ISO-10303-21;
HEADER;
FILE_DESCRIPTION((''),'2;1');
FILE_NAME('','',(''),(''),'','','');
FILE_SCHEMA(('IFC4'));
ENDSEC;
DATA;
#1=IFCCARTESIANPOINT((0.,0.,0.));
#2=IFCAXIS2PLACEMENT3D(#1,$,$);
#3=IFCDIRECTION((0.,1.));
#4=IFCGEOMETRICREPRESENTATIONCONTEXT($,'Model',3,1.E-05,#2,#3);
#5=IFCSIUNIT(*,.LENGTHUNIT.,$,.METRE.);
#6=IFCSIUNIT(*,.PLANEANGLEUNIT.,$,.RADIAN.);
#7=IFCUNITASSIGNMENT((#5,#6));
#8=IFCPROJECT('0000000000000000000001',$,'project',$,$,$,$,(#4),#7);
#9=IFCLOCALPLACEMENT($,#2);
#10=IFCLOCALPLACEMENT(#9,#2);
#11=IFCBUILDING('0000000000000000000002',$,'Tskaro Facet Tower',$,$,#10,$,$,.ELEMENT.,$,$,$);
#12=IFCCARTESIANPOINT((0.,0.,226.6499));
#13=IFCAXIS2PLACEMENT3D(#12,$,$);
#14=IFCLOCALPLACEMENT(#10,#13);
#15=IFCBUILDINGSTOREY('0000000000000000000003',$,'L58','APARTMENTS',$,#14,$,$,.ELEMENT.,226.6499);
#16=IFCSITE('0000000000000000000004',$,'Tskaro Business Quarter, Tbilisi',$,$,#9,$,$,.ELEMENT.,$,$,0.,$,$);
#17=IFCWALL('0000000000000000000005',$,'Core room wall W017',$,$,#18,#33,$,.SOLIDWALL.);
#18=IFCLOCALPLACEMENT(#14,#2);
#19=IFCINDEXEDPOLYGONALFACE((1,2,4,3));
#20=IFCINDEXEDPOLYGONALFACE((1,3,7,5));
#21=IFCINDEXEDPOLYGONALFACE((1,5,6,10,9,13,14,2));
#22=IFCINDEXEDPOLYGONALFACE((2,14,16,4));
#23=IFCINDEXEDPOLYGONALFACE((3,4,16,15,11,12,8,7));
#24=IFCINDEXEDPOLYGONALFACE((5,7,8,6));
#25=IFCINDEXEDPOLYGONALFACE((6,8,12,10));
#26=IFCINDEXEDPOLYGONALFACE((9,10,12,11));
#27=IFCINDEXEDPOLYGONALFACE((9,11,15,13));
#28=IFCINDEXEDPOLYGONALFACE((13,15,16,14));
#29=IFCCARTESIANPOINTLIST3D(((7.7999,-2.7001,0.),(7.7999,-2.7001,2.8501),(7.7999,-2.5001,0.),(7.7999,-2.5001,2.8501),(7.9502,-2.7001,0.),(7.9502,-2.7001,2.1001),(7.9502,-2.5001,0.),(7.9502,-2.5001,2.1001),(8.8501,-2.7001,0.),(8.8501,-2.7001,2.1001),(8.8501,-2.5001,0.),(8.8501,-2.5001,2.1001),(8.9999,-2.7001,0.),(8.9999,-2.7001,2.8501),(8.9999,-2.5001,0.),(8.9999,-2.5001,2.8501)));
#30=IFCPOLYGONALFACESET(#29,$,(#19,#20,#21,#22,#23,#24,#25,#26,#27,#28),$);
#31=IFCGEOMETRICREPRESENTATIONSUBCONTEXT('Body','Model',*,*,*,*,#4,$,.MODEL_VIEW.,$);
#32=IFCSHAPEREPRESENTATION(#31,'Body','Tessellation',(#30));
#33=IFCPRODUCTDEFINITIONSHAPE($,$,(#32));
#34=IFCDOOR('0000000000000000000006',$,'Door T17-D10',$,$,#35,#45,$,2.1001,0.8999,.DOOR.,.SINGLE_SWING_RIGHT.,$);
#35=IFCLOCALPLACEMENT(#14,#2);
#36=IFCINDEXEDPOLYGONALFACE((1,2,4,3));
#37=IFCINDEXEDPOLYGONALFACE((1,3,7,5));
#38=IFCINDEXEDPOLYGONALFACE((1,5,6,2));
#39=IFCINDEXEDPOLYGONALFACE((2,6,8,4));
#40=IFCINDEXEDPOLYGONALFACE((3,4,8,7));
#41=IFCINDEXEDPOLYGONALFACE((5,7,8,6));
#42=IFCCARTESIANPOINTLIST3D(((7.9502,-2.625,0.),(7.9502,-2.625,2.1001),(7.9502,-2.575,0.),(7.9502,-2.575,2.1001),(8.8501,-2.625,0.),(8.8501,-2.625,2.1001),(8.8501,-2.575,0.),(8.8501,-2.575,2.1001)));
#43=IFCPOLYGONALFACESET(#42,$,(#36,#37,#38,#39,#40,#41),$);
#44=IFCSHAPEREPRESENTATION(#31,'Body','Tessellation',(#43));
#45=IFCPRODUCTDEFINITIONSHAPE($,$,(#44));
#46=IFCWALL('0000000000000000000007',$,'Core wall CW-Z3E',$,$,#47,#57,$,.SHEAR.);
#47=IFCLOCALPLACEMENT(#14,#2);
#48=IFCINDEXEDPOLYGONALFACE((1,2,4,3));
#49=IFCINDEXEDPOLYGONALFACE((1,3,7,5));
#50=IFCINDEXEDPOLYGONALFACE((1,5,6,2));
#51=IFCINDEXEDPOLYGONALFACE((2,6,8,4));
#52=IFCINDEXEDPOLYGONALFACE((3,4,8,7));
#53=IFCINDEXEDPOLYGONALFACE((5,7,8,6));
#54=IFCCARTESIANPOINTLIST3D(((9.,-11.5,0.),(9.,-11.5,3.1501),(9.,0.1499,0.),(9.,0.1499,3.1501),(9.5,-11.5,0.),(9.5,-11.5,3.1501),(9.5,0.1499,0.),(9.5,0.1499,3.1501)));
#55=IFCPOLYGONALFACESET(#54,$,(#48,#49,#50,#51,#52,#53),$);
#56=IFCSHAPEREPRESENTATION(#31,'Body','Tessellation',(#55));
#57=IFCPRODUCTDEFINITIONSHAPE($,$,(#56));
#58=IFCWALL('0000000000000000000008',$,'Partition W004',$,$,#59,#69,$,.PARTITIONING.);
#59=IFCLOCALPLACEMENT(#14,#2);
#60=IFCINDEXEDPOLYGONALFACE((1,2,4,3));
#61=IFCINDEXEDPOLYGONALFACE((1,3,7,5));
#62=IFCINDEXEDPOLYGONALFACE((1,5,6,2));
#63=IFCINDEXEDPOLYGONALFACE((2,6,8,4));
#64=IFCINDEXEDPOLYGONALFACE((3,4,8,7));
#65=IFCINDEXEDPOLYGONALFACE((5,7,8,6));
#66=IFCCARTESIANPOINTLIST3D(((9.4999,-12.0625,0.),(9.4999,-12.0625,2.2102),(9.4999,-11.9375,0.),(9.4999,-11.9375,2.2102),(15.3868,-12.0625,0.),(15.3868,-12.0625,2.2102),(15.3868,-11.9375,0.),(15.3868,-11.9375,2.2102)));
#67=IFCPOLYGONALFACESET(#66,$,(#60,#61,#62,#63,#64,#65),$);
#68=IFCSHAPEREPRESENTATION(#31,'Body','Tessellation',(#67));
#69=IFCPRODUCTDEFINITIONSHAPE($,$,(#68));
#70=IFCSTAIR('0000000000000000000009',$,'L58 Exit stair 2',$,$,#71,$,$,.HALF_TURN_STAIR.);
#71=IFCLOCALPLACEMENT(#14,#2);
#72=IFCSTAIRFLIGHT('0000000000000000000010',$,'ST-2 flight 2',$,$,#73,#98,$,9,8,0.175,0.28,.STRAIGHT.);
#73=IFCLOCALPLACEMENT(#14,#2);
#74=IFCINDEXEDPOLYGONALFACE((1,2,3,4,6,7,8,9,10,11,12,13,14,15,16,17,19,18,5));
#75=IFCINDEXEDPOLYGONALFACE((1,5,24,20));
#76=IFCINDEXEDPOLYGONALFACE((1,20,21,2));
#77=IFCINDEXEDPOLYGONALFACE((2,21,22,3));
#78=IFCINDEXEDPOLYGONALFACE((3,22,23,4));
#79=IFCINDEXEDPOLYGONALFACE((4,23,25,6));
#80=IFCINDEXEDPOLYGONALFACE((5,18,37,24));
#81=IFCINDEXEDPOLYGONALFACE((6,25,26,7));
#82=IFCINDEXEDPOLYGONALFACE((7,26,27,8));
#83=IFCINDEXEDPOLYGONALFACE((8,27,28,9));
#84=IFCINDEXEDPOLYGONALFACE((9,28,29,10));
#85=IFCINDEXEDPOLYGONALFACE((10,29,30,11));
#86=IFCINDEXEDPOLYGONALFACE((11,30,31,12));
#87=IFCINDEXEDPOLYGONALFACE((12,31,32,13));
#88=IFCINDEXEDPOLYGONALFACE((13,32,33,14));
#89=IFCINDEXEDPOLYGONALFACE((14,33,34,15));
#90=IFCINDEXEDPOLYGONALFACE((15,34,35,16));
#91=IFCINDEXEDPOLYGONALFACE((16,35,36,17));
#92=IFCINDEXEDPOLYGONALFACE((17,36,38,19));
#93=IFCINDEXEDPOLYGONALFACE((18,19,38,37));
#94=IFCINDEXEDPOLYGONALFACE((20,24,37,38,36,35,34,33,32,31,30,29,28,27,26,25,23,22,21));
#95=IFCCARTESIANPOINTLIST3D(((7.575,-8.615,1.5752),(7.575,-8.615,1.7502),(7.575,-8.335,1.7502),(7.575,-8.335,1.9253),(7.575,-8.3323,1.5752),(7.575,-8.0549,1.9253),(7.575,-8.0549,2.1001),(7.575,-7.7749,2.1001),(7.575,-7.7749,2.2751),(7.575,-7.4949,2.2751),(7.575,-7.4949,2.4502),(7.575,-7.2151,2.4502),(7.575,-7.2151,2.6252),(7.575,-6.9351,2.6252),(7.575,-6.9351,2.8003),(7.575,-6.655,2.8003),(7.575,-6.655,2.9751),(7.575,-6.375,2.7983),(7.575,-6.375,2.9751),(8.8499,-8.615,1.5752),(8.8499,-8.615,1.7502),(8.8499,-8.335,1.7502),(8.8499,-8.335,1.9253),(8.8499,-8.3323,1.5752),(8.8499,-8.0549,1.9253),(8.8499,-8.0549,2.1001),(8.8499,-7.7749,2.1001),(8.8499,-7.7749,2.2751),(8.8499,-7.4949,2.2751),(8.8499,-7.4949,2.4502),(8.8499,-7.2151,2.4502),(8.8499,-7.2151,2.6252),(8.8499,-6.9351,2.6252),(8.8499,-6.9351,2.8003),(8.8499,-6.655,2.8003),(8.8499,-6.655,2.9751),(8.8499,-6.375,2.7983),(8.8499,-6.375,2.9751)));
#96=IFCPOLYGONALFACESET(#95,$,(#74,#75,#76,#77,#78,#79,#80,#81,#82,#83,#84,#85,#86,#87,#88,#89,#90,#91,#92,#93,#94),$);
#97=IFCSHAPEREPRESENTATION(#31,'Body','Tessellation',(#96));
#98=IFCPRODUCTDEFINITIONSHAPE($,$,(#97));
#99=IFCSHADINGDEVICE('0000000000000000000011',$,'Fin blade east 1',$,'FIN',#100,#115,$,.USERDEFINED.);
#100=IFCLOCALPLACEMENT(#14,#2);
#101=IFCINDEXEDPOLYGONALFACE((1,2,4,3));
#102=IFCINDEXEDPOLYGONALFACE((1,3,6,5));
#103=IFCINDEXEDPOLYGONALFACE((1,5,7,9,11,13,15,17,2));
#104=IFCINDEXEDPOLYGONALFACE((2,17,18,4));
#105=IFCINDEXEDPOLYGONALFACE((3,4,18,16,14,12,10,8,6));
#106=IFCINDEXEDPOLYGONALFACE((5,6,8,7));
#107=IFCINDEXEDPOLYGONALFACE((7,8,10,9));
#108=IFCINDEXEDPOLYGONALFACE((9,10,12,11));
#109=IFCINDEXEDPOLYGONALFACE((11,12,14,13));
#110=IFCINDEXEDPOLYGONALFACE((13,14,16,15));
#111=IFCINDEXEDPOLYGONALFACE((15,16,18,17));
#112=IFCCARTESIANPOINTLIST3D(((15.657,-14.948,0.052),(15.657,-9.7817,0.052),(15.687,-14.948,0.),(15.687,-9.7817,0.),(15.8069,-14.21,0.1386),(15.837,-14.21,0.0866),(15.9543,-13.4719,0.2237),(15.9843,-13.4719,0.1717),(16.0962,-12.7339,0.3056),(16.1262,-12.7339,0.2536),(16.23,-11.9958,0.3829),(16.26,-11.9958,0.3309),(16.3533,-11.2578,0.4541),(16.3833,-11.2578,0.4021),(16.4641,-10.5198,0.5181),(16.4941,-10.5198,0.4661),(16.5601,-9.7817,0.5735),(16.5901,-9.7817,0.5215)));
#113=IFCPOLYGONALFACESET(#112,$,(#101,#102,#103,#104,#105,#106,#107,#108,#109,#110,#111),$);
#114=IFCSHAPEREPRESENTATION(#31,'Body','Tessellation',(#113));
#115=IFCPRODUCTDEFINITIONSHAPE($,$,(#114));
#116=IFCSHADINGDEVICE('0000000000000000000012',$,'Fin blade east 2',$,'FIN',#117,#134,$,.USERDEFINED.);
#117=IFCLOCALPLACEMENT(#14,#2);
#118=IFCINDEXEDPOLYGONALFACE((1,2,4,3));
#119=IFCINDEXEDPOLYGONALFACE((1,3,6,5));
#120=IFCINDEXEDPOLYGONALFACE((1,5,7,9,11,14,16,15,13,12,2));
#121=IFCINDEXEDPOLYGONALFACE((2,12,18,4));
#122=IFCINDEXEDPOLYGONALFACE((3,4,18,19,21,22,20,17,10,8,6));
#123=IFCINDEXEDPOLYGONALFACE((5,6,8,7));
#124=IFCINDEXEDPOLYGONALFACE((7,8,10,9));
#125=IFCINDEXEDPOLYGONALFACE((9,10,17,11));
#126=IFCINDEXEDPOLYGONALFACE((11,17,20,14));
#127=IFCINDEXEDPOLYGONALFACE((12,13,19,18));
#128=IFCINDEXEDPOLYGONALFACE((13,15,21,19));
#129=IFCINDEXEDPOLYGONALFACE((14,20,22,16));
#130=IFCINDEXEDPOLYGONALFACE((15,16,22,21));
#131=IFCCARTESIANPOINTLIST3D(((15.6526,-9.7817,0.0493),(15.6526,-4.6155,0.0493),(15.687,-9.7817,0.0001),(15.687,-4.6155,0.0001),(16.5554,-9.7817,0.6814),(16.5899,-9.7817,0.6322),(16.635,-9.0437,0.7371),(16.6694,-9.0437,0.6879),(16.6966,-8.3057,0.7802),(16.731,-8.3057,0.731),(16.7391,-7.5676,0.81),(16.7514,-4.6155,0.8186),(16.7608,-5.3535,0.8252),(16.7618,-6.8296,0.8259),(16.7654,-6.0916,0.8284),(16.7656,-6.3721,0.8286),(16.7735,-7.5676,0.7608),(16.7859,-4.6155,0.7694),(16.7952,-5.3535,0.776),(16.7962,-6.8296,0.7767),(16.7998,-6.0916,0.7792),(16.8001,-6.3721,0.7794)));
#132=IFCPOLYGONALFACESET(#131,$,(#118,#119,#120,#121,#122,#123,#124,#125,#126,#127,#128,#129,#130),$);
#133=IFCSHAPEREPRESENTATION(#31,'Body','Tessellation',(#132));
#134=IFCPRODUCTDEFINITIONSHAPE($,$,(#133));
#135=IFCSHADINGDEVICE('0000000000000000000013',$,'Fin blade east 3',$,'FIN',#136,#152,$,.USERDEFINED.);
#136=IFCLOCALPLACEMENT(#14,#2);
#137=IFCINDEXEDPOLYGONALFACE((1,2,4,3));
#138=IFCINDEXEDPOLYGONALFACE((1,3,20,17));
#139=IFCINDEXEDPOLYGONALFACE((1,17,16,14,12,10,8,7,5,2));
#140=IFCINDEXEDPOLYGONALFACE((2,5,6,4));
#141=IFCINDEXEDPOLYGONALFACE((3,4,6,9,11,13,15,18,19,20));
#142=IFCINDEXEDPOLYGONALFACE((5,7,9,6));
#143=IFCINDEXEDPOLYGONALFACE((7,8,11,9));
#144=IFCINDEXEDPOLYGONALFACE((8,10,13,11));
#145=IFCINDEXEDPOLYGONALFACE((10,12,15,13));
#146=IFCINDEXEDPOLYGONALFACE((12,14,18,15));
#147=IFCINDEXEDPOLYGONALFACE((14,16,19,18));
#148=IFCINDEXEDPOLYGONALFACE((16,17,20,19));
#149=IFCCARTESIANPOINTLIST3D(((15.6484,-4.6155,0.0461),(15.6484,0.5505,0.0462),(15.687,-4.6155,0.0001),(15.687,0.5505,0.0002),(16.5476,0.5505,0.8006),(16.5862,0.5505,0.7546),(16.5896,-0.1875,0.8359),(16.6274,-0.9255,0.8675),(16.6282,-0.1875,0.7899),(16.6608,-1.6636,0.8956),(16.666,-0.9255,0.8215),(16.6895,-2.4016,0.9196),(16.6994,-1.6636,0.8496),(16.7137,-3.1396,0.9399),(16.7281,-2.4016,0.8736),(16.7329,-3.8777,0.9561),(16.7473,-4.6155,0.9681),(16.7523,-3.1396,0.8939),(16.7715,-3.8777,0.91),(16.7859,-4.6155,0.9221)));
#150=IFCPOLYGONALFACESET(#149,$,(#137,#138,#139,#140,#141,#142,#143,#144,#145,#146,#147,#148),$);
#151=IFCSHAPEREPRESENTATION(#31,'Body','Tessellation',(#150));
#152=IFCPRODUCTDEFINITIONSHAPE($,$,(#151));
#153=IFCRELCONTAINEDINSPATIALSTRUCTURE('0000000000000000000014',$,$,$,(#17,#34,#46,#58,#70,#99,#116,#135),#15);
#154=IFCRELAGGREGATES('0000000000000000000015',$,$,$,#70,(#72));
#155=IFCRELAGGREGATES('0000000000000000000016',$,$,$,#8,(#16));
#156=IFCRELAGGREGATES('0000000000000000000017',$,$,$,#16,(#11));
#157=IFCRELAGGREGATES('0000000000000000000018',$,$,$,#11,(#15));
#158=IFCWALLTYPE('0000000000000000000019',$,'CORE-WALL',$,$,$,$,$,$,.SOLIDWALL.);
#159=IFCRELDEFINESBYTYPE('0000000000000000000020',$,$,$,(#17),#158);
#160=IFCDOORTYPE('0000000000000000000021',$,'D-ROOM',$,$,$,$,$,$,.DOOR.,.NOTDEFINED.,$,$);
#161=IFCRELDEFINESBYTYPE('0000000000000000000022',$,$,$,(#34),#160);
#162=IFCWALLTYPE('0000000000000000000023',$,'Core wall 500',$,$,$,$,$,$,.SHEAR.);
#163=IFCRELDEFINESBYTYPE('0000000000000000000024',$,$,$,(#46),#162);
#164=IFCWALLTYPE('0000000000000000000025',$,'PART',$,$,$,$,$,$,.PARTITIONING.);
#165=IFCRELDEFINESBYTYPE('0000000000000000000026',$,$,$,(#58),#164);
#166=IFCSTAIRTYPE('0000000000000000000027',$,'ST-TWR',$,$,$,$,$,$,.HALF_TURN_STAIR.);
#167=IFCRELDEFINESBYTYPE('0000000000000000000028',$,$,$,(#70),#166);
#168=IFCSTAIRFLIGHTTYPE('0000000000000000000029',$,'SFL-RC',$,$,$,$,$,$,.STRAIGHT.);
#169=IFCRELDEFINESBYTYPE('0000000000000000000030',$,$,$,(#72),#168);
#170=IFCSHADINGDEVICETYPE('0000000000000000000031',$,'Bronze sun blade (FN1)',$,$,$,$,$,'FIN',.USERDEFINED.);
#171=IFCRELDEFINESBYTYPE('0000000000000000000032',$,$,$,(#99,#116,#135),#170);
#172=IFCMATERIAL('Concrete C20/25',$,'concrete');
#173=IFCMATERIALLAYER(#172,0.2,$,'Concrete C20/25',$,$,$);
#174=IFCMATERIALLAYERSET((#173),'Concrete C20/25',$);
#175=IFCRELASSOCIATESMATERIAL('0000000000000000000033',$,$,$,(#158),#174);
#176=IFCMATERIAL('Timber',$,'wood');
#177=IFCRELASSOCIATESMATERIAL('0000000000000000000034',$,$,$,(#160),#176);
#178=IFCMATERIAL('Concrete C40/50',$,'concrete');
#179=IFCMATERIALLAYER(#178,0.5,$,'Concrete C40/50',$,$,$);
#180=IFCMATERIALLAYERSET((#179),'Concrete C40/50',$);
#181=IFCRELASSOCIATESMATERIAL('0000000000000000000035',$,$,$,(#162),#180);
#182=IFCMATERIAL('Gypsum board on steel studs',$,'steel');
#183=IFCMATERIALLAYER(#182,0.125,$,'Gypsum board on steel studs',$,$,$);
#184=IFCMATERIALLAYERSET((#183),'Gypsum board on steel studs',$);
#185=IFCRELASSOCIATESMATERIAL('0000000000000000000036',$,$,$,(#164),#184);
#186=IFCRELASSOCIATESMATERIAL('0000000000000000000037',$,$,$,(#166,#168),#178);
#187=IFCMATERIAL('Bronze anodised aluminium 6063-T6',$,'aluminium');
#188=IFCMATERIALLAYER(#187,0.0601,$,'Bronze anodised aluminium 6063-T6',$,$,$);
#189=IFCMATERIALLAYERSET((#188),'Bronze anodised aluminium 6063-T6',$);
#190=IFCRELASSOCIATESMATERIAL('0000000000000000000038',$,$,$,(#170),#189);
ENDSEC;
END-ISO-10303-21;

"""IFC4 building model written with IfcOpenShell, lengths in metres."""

from ifc_helpers import new_model, si_unit, direction, frame, frame_2d, origin, place, context, subcontext, project, spatial, polyline, rectangle, outline, extrude, material, layer, layer_set, type_object, element, fill, aggregate, save


model = new_model("IFC4")

# Units and contexts
model_context = context("Model", 3, precision=1e-05, world=origin(), true_north=direction((0.0, 1.0)))
body_context = subcontext(model_context, "Body", "Model", "MODEL_VIEW")
ifc_project = project(units=[si_unit("LENGTHUNIT", "METRE"), si_unit("PLANEANGLEUNIT", "RADIAN")], contexts=[model_context])

# Site, building, storey
site_placement = place(None, origin())
site = spatial("IfcSite", under=ifc_project, at=site_placement, Name="Tskaro Business Quarter, Tbilisi", CompositionType="ELEMENT", RefElevation=0.0)
building_placement = place(site_placement, origin())
building = spatial("IfcBuilding", under=site, at=building_placement, Name="Tskaro Facet Tower", CompositionType="ELEMENT")
storey_placement = place(building_placement, frame((0.0, 0.0, 226.6499)))
storey = spatial("IfcBuildingStorey", under=building, at=storey_placement, Name="L58", Description="APARTMENTS", CompositionType="ELEMENT", Elevation=226.6499)

# Shared definitions
ifc_material_1 = material(Name="Bronze anodised aluminium 6063-T6", Category="aluminium")

# Wall, opening, door
ifc_material_2 = material(Name="Concrete C20/25", Category="concrete")
ifc_layer_1 = layer(ifc_material_2, 0.2, Name="Concrete C20/25")
ifc_layer_set_1 = layer_set([ifc_layer_1], Name="Concrete C20/25")
wall_type_1 = type_object("IfcWallType", Name="CORE-WALL", PredefinedType="SOLIDWALL", material=ifc_layer_set_1)
wall_1_placement = place(storey_placement, frame((9.0, -2.6001, 0.0), z_axis=(0.0, 0.0, 1.0), x_axis=(-1.0, 0.0, 0.0)))
wall_1 = element("IfcWall", 1, at=wall_1_placement, inside=storey, type_object=wall_type_1, Name="Core room wall W017", PredefinedType="SOLIDWALL", context=body_context, shape_type="SweptSolid", body=[
    extrude(rectangle(XDim=1.2, YDim=0.2, at=frame_2d((0.6001, 0.0))), origin(), (0.0, 0.0, 1.0), 2.8501),
])
opening_placement = place(wall_1_placement, frame((0.1499, 0.0, 0.0)))
opening = element("IfcOpeningElement", 2, at=opening_placement, cuts=wall_1, PredefinedType="OPENING", context=body_context, shape_type="SweptSolid", body=[
    extrude(rectangle(XDim=0.8999, YDim=2.1001, at=frame_2d((0.45, 1.05))), frame((0.0, 0.1099, 0.0), z_axis=(0.0, -1.0, 0.0), x_axis=(1.0, 0.0, 0.0)), (0.0, 0.0, 1.0), 0.22),
])
ifc_material_3 = material(Name="Timber", Category="wood")
door_type = type_object("IfcDoorType", Name="D-ROOM", OperationType="NOTDEFINED", PredefinedType="DOOR", material=ifc_material_3)
door_placement = place(opening_placement, origin())
door = element("IfcDoor", 3, at=door_placement, inside=storey, type_object=door_type, Name="Door T17-D10", OperationType="SINGLE_SWING_RIGHT", OverallHeight=2.1001, OverallWidth=0.8999, PredefinedType="DOOR", context=body_context, shape_type="SweptSolid", body=[
    extrude(rectangle(XDim=0.8999, YDim=2.1001, at=frame_2d((0.45, 1.05))), frame((0.0, 0.0249, 0.0), z_axis=(0.0, -1.0, 0.0), x_axis=(1.0, 0.0, 0.0)), (0.0, 0.0, 1.0), 0.05),
])
fill(opening, door)

# Walls
ifc_material_4 = material(Name="Concrete C40/50", Category="concrete")
ifc_layer_2 = layer(ifc_material_4, 0.5, Name="Concrete C40/50")
ifc_layer_set_2 = layer_set([ifc_layer_2], Name="Concrete C40/50")
wall_type_2 = type_object("IfcWallType", Name="Core wall 500", PredefinedType="SHEAR", material=ifc_layer_set_2)
wall_2_placement = place(storey_placement, frame((9.25, -11.5, 0.0), z_axis=(0.0, 0.0, 1.0), x_axis=(0.0, 1.0, 0.0)))
element("IfcWall", 4, at=wall_2_placement, inside=storey, type_object=wall_type_2, Name="Core wall CW-Z3E", PredefinedType="SHEAR", context=body_context, shape_type="SweptSolid", body=[
    extrude(rectangle(XDim=11.6499, YDim=0.5, at=frame_2d((5.825, 0.0))), origin(), (0.0, 0.0, 1.0), 3.1501),
])
ifc_material_5 = material(Name="Gypsum board on steel studs", Category="steel")
ifc_layer_3 = layer(ifc_material_5, 0.125, Name="Gypsum board on steel studs")
ifc_layer_set_3 = layer_set([ifc_layer_3], Name="Gypsum board on steel studs")
wall_type_3 = type_object("IfcWallType", Name="PART", PredefinedType="PARTITIONING", material=ifc_layer_set_3)
wall_3_placement = place(storey_placement, frame((9.5, -12.0, 0.0), z_axis=(0.0, 0.0, 1.0), x_axis=(1.0, 0.0, 0.0)))
element("IfcWall", 5, at=wall_3_placement, inside=storey, type_object=wall_type_3, Name="Partition W004", PredefinedType="PARTITIONING", context=body_context, shape_type="SweptSolid", body=[
    extrude(rectangle(XDim=5.887, YDim=0.125, at=frame_2d((2.9434, 0.0))), origin(), (0.0, 0.0, 1.0), 2.2102),
])

# Stair, stair flight
stair_type = type_object("IfcStairType", Name="ST-TWR", PredefinedType="HALF_TURN_STAIR", material=ifc_material_4)
stair_placement = place(storey_placement, origin())
stair = element("IfcStair", 6, at=stair_placement, inside=storey, type_object=stair_type, Name="L58 Exit stair 2", PredefinedType="HALF_TURN_STAIR")
stair_flight_type = type_object("IfcStairFlightType", Name="SFL-RC", PredefinedType="STRAIGHT", material=ifc_material_4)
stair_flight_placement = place(storey_placement, frame((8.2124, -8.615, 1.5752), z_axis=(0.0, 0.0, 1.0), x_axis=(0.0, 1.0, 0.0)))
stair_flight = element("IfcStairFlight", 7, at=stair_flight_placement, type_object=stair_flight_type, Name="ST-2 flight 2", NumberOfRisers=9, NumberOfTreads=8, PredefinedType="STRAIGHT", RiserHeight=0.175, TreadLength=0.28, context=body_context, shape_type="SweptSolid", body=[
    extrude(outline(polyline([(0.0, 0.0), (0.0, 0.175), (0.28, 0.175), (0.28, 0.3501), (0.5601, 0.3501), (0.5601, 0.5249), (0.8401, 0.5249), (0.8401, 0.7), (1.1201, 0.7), (1.1201, 0.875), (1.3999, 0.875), (1.3999, 1.05), (1.6799, 1.05), (1.6799, 1.2251), (1.96, 1.2251), (1.96, 1.3999), (2.24, 1.3999), (2.24, 1.575), (2.24, 1.2231), (0.2827, 0.0), (0.0, 0.0)])), frame((0.0, 0.6375, 0.0), z_axis=(0.0, -1.0, 0.0), x_axis=(1.0, 0.0, 0.0)), (0.0, 0.0, 1.0), 1.2749),
])
aggregate(stair, [stair_flight])

# Shading devices
ifc_layer_4 = layer(ifc_material_1, 0.0601, Name="Bronze anodised aluminium 6063-T6")
ifc_layer_set_4 = layer_set([ifc_layer_4], Name="Bronze anodised aluminium 6063-T6")
shading_device_type = type_object("IfcShadingDeviceType", Name="Bronze sun blade (FN1)", ElementType="FIN", PredefinedType="USERDEFINED", material=ifc_layer_set_4)
shading_device_1_placement = place(storey_placement, frame((15.657, -14.948, 0.052), z_axis=(-0.500068, 0.000001, 0.865986), x_axis=(0.0, 1.0, -0.000001)))
element("IfcShadingDevice", 8, at=shading_device_1_placement, inside=storey, type_object=shading_device_type, Name="Fin blade east 1", ObjectType="FIN", PredefinedType="USERDEFINED", context=body_context, shape_type="SweptSolid", body=[
    extrude(outline(polyline([(0.0, 0.0), (5.1663, 0.0), (5.1663, -1.0428), (4.4282, -0.932), (3.6902, -0.8041), (2.9521, -0.6616), (2.2141, -0.5072), (1.4761, -0.3433), (0.738, -0.1732), (0.0, 0.0)])), origin(), (0.0, 0.0, -1.0), 0.0601),
])
shading_device_2_placement = place(storey_placement, frame((15.6526, -9.7817, 0.0493), z_axis=(-0.573542, 0.000005, 0.819176), x_axis=(0.000003, 1.0, -0.000004)))
element("IfcShadingDevice", 9, at=shading_device_2_placement, inside=storey, type_object=shading_device_type, Name="Fin blade east 2", ObjectType="FIN", PredefinedType="USERDEFINED", context=body_context, shape_type="SweptSolid", body=[
    extrude(outline(polyline([(0.0, 0.0), (5.1663, 0.0), (5.1663, -1.3414), (4.4282, -1.3528), (3.6902, -1.3584), (3.4097, -1.3587), (2.9521, -1.354), (2.2141, -1.3263), (1.4761, -1.2744), (0.738, -1.1992), (0.0, -1.1021), (0.0, 0.0)])), origin(), (0.0, 0.0, -1.0), 0.0601),
])
shading_device_3_placement = place(storey_placement, frame((15.6484, -4.6155, 0.0461), z_axis=(-0.642756, -0.000007, 0.766071), x_axis=(-0.000004, 1.0, 0.000005)))
element("IfcShadingDevice", 10, at=shading_device_3_placement, inside=storey, type_object=shading_device_type, Name="Fin blade east 3", ObjectType="FIN", PredefinedType="USERDEFINED", context=body_context, shape_type="SweptSolid", body=[
    extrude(outline(polyline([(0.0, 0.0), (5.166, 0.0), (5.166, -1.1737), (4.428, -1.2286), (3.6899, -1.2779), (2.9519, -1.3215), (2.2139, -1.359), (1.4758, -1.3905), (0.7378, -1.4156), (0.0, -1.4344), (0.0, 0.0)])), origin(), (0.0, 0.0, -1.0), 0.0601),
])

save(model, "model.ifc")
